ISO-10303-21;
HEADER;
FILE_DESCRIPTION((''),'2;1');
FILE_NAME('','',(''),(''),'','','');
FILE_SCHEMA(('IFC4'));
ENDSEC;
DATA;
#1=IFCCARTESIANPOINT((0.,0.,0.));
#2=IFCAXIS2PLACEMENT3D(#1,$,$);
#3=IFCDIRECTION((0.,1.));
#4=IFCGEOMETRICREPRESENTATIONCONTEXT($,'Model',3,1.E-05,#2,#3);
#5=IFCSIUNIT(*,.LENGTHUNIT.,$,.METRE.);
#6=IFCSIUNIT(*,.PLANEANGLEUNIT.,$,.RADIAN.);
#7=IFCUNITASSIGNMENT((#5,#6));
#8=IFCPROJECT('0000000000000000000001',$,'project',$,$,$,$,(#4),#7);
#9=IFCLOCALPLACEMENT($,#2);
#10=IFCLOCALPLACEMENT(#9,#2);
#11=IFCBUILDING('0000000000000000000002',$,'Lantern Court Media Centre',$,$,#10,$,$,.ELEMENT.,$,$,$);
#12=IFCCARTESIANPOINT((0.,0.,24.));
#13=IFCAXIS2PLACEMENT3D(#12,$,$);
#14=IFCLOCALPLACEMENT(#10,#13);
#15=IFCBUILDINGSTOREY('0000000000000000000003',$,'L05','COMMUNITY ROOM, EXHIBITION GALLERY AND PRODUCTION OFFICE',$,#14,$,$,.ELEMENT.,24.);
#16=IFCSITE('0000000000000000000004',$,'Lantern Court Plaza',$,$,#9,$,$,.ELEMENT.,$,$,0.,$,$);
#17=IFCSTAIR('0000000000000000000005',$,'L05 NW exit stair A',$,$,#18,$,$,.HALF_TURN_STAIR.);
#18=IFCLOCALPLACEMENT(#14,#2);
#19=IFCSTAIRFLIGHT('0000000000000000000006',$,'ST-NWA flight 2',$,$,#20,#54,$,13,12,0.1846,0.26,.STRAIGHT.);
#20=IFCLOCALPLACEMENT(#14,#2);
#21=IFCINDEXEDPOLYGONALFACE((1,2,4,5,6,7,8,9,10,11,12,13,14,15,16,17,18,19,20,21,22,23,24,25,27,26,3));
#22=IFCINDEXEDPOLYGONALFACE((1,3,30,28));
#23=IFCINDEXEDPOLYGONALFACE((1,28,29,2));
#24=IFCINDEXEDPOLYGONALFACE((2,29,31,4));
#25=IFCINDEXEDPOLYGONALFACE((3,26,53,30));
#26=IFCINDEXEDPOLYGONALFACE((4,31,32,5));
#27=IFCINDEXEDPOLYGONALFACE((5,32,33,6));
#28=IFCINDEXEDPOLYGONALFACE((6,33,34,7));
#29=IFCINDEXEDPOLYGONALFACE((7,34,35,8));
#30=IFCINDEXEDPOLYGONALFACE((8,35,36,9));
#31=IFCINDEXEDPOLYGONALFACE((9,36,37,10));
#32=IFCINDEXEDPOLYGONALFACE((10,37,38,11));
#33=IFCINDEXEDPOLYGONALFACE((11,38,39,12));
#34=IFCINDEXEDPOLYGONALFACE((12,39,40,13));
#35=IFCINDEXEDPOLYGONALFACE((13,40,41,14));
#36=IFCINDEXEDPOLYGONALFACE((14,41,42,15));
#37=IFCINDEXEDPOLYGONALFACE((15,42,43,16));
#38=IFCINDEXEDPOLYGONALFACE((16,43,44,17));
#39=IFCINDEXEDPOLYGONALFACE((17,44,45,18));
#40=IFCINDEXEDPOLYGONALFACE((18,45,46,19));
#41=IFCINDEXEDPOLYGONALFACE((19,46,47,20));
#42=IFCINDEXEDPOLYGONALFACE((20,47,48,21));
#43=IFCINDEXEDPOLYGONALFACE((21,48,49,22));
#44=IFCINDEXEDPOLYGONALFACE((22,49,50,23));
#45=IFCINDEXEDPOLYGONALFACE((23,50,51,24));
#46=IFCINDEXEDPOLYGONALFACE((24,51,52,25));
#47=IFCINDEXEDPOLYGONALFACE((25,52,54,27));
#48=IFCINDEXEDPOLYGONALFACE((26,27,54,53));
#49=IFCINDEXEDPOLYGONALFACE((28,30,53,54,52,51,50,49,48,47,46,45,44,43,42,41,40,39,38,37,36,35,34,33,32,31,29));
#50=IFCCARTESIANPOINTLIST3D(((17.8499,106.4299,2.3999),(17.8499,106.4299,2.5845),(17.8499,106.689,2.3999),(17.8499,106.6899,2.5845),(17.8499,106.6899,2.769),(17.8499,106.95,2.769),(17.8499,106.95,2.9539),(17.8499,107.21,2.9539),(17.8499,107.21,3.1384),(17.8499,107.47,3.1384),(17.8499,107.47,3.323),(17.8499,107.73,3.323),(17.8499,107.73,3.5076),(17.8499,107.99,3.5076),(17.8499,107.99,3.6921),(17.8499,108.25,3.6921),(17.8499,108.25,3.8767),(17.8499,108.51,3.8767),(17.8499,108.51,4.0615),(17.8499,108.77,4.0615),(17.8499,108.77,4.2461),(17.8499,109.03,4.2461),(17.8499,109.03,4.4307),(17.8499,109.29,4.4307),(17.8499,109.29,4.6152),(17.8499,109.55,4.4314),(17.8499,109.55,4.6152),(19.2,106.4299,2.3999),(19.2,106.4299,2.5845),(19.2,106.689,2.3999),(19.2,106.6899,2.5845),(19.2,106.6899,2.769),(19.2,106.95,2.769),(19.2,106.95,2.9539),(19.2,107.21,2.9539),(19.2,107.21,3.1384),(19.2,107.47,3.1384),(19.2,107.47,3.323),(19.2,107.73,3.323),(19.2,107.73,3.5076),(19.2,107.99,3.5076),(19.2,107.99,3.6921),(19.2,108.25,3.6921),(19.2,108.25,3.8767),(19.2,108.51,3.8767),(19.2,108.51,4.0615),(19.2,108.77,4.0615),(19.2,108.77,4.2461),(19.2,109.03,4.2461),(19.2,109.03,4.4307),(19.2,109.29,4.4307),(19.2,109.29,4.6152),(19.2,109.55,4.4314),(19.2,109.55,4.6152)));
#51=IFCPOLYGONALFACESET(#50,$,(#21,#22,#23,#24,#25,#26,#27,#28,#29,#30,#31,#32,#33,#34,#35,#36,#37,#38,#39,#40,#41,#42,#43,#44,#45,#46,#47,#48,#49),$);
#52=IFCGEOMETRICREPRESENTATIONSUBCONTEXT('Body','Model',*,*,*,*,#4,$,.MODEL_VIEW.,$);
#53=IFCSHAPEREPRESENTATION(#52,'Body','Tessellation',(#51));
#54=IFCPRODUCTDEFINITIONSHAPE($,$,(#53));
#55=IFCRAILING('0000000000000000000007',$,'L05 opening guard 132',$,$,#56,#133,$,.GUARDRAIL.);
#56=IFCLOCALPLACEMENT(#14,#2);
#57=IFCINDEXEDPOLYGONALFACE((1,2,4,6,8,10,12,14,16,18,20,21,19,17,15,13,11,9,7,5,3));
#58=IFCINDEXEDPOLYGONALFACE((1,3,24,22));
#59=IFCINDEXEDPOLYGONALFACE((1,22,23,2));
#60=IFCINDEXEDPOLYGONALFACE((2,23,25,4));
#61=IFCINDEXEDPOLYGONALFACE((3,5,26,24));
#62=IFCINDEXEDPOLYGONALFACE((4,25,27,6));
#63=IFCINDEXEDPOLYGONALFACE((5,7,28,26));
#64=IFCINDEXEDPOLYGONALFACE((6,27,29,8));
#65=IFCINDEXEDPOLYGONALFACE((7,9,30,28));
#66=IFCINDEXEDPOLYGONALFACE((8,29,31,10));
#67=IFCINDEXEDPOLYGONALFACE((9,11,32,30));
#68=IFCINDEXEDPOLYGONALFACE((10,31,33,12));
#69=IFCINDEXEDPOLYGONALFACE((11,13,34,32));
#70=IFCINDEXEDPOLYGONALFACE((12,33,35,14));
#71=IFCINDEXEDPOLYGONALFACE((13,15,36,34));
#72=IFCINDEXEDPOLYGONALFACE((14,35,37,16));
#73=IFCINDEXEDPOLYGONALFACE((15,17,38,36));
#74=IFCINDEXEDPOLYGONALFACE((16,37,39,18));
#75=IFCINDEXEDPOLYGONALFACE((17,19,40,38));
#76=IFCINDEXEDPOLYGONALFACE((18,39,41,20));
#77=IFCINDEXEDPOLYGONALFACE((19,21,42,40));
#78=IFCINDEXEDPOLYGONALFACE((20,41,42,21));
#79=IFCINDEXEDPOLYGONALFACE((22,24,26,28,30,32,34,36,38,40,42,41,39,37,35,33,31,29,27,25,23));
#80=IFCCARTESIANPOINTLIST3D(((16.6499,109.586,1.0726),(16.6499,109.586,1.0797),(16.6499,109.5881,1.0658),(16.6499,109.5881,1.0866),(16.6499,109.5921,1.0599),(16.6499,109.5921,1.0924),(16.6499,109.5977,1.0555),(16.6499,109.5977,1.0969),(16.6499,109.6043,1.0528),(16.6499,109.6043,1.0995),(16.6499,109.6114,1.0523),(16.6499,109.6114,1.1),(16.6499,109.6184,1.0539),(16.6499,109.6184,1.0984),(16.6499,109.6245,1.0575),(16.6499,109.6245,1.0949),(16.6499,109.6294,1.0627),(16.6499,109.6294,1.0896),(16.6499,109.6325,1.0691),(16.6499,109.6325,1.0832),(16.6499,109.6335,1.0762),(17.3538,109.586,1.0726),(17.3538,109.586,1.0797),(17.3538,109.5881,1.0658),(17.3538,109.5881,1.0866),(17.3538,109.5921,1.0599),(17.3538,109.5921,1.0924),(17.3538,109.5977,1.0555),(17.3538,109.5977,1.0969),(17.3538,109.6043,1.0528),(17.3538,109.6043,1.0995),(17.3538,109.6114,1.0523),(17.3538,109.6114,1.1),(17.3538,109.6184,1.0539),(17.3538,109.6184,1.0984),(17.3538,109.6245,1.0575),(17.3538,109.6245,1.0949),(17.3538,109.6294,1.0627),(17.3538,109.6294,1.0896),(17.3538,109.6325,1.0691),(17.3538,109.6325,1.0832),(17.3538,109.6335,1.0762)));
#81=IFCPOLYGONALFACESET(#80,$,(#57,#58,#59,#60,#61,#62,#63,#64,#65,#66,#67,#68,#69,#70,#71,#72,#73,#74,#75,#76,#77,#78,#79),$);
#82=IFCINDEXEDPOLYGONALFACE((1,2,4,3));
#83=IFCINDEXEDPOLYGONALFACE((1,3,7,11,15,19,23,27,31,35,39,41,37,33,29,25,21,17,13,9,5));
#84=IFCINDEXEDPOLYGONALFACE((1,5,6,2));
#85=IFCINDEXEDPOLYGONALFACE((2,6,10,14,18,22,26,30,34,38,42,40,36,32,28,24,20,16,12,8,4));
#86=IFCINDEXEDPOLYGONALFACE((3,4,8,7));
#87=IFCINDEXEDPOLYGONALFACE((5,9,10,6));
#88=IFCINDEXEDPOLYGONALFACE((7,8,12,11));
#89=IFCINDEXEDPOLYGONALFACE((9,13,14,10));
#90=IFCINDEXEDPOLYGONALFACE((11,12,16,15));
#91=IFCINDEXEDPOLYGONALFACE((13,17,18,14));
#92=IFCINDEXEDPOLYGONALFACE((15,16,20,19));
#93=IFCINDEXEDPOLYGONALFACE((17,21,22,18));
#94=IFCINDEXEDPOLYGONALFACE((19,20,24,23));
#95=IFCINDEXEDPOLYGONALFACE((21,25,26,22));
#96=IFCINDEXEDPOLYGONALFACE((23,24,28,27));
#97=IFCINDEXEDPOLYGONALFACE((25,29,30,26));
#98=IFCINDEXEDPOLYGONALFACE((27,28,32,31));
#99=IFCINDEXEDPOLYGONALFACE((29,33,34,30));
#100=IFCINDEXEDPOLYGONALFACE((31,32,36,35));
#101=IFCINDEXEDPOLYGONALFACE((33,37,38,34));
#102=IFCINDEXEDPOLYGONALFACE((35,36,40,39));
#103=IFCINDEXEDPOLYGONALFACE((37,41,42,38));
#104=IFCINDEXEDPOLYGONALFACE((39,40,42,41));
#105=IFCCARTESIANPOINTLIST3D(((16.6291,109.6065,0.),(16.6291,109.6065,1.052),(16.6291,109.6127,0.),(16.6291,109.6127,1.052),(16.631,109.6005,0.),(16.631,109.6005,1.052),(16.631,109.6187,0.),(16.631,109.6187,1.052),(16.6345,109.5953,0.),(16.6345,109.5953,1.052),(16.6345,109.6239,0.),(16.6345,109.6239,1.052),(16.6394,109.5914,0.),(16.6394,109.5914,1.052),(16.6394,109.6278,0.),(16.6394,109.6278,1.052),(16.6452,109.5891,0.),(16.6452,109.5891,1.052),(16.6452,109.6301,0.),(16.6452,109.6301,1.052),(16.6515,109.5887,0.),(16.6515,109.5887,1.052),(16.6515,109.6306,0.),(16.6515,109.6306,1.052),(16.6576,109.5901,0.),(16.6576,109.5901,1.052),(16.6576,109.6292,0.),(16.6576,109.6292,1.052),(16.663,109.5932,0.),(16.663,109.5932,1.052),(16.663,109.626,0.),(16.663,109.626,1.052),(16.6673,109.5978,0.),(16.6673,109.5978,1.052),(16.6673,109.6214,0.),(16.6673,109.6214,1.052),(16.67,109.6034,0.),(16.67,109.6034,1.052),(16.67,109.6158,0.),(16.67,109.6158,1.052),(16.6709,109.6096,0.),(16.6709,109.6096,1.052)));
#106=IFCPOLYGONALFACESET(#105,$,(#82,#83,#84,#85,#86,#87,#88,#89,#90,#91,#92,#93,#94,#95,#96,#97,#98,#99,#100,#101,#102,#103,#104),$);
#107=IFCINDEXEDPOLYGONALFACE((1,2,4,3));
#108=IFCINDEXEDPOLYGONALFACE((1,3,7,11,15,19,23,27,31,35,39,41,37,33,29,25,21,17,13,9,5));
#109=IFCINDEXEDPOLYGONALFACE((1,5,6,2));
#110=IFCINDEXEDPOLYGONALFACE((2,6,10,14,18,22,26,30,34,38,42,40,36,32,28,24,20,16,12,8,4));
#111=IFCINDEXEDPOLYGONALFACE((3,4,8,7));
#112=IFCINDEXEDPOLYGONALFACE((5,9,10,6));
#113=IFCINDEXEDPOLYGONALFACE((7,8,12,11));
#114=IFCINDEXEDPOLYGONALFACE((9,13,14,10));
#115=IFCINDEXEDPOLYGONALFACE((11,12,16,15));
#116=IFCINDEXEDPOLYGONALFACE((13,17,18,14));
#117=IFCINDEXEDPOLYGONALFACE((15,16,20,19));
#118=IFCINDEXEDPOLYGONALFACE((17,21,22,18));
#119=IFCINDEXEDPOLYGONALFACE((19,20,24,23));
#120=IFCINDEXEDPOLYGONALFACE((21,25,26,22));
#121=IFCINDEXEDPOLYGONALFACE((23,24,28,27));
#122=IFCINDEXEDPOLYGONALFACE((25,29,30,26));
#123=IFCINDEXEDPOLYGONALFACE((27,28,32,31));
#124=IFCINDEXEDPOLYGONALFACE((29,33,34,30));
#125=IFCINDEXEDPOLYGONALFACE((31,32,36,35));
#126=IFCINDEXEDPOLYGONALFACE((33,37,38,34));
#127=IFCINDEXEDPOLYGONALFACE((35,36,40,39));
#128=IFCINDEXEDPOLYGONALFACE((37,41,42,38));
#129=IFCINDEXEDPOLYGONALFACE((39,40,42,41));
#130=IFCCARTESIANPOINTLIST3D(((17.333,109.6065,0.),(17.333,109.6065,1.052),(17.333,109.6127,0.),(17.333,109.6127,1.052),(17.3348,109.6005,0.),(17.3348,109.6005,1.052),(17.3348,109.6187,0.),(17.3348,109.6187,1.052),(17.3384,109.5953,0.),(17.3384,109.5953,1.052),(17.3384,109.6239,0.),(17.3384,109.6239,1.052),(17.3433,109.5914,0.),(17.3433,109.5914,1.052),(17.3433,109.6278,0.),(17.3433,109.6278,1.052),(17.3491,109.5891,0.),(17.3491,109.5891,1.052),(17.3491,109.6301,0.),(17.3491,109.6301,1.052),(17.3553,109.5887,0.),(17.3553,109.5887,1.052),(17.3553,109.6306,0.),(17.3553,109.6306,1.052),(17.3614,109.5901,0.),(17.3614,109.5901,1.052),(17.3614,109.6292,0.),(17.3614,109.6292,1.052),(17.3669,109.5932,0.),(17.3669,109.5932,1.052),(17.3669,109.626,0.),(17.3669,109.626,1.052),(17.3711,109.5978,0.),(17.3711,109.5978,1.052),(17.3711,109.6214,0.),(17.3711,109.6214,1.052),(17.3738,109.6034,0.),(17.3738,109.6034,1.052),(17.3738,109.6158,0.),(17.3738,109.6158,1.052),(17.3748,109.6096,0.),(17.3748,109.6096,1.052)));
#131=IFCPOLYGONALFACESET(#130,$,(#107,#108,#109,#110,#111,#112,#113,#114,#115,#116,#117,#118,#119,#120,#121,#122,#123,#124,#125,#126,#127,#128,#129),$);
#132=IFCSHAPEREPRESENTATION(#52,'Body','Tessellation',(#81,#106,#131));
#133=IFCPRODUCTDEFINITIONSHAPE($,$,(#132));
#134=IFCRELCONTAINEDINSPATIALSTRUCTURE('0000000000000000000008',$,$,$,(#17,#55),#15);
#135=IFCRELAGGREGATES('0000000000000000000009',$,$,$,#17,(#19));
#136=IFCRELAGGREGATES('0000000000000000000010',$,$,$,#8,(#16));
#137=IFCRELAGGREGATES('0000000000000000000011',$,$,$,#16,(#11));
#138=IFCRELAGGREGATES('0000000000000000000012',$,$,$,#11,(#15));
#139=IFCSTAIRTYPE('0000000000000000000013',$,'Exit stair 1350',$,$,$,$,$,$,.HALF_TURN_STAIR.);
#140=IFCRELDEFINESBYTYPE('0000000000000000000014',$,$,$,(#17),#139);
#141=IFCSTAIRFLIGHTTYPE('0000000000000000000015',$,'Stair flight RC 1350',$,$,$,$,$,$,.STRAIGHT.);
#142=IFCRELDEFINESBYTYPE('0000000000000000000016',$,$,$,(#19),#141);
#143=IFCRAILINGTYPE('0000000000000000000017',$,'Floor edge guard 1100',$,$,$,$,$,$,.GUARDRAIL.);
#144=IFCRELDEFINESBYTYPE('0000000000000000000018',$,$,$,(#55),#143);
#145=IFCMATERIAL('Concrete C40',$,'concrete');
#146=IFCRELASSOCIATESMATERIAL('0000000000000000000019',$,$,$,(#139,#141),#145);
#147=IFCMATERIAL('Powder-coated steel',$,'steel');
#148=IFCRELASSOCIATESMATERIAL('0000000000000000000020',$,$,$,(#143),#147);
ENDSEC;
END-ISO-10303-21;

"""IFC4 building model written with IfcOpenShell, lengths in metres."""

from ifc_helpers import new_model, si_unit, direction, frame, origin, origin_2d, place, context, subcontext, project, spatial, polyline, circle, outline, extrude, material, type_object, element, aggregate, save


model = new_model("IFC4")

# Units and contexts
model_context = context("Model", 3, precision=1e-05, world=origin(), true_north=direction((0.0, 1.0)))
body_context = subcontext(model_context, "Body", "Model", "MODEL_VIEW")
ifc_project = project(units=[si_unit("LENGTHUNIT", "METRE"), si_unit("PLANEANGLEUNIT", "RADIAN")], contexts=[model_context])

# Site, building, storey
site_placement = place(None, origin())
site = spatial("IfcSite", under=ifc_project, at=site_placement, Name="Lantern Court Plaza", CompositionType="ELEMENT", RefElevation=0.0)
building_placement = place(site_placement, origin())
building = spatial("IfcBuilding", under=site, at=building_placement, Name="Lantern Court Media Centre", CompositionType="ELEMENT")
storey_placement = place(building_placement, frame((0.0, 0.0, 24.0)))
storey = spatial("IfcBuildingStorey", under=building, at=storey_placement, Name="L05", Description="COMMUNITY ROOM, EXHIBITION GALLERY AND PRODUCTION OFFICE", CompositionType="ELEMENT", Elevation=24.0)

# Shared definitions
ifc_material_1 = material(Name="Concrete C40", Category="concrete")

# Stair, stair flight
stair_type = type_object("IfcStairType", Name="Exit stair 1350", PredefinedType="HALF_TURN_STAIR", material=ifc_material_1)
stair_placement = place(storey_placement, origin())
stair = element("IfcStair", 1, at=stair_placement, inside=storey, type_object=stair_type, Name="L05 NW exit stair A", PredefinedType="HALF_TURN_STAIR")
stair_flight_type = type_object("IfcStairFlightType", Name="Stair flight RC 1350", PredefinedType="STRAIGHT", material=ifc_material_1)
stair_flight_1_placement = place(storey_placement, frame((18.5249, 106.4299, 2.3999), z_axis=(0.0, 0.0, 1.0), x_axis=(0.0, 1.0, 0.0)))
stair_flight_1 = element("IfcStairFlight", 2, at=stair_flight_1_placement, type_object=stair_flight_type, Name="ST-NWA flight 2", NumberOfRisers=13, NumberOfTreads=12, PredefinedType="STRAIGHT", RiserHeight=0.1846, TreadLength=0.26, context=body_context, shape_type="SweptSolid", body=[
    extrude(outline(polyline([(0.0, 0.0), (0.0, 0.1846), (0.26, 0.1846), (0.26, 0.3691), (0.52, 0.3691), (0.52, 0.554), (0.78, 0.554), (0.78, 0.7385), (1.04, 0.7385), (1.04, 0.9231), (1.3, 0.9231), (1.3, 1.1077), (1.5601, 1.1077), (1.5601, 1.2922), (1.8201, 1.2922), (1.8201, 1.4768), (2.0801, 1.4768), (2.0801, 1.6616), (2.3401, 1.6616), (2.3401, 1.8462), (2.6001, 1.8462), (2.6001, 2.0308), (2.8601, 2.0308), (2.8601, 2.2153), (3.1201, 2.2153), (3.1201, 2.3999), (3.1201, 2.0315), (0.259, 0.0), (0.0, 0.0)])), frame((0.0, 0.675, 0.0), z_axis=(0.0, -1.0, 0.0), x_axis=(1.0, 0.0, 0.0)), (0.0, 0.0, 1.0), 1.3501),
])
aggregate(stair, [stair_flight_1])

# Railing
ifc_material_2 = material(Name="Powder-coated steel", Category="steel")
railing_type_1 = type_object("IfcRailingType", Name="Floor edge guard 1100", PredefinedType="GUARDRAIL", material=ifc_material_2)
railing_1_placement = place(storey_placement, frame((16.6499, 109.6096, 0.0)))
element("IfcRailing", 3, at=railing_1_placement, inside=storey, type_object=railing_type_1, Name="L05 opening guard 132", PredefinedType="GUARDRAIL", context=body_context, shape_type="SweptSolid", body=[
    extrude(circle(Radius=0.0239, at=origin_2d()), frame((0.0, 0.0, 1.0762), z_axis=(1.0, 0.0, 0.0), x_axis=(0.0, 1.0, 0.0)), (0.0, 0.0, 1.0), 0.7039),
    extrude(circle(Radius=0.021, at=origin_2d()), origin(), (0.0, 0.0, 1.0), 1.052),
    extrude(circle(Radius=0.021, at=origin_2d()), frame((0.7039, 0.0, 0.0)), (0.0, 0.0, 1.0), 1.052),
])

save(model, "model.ifc")
